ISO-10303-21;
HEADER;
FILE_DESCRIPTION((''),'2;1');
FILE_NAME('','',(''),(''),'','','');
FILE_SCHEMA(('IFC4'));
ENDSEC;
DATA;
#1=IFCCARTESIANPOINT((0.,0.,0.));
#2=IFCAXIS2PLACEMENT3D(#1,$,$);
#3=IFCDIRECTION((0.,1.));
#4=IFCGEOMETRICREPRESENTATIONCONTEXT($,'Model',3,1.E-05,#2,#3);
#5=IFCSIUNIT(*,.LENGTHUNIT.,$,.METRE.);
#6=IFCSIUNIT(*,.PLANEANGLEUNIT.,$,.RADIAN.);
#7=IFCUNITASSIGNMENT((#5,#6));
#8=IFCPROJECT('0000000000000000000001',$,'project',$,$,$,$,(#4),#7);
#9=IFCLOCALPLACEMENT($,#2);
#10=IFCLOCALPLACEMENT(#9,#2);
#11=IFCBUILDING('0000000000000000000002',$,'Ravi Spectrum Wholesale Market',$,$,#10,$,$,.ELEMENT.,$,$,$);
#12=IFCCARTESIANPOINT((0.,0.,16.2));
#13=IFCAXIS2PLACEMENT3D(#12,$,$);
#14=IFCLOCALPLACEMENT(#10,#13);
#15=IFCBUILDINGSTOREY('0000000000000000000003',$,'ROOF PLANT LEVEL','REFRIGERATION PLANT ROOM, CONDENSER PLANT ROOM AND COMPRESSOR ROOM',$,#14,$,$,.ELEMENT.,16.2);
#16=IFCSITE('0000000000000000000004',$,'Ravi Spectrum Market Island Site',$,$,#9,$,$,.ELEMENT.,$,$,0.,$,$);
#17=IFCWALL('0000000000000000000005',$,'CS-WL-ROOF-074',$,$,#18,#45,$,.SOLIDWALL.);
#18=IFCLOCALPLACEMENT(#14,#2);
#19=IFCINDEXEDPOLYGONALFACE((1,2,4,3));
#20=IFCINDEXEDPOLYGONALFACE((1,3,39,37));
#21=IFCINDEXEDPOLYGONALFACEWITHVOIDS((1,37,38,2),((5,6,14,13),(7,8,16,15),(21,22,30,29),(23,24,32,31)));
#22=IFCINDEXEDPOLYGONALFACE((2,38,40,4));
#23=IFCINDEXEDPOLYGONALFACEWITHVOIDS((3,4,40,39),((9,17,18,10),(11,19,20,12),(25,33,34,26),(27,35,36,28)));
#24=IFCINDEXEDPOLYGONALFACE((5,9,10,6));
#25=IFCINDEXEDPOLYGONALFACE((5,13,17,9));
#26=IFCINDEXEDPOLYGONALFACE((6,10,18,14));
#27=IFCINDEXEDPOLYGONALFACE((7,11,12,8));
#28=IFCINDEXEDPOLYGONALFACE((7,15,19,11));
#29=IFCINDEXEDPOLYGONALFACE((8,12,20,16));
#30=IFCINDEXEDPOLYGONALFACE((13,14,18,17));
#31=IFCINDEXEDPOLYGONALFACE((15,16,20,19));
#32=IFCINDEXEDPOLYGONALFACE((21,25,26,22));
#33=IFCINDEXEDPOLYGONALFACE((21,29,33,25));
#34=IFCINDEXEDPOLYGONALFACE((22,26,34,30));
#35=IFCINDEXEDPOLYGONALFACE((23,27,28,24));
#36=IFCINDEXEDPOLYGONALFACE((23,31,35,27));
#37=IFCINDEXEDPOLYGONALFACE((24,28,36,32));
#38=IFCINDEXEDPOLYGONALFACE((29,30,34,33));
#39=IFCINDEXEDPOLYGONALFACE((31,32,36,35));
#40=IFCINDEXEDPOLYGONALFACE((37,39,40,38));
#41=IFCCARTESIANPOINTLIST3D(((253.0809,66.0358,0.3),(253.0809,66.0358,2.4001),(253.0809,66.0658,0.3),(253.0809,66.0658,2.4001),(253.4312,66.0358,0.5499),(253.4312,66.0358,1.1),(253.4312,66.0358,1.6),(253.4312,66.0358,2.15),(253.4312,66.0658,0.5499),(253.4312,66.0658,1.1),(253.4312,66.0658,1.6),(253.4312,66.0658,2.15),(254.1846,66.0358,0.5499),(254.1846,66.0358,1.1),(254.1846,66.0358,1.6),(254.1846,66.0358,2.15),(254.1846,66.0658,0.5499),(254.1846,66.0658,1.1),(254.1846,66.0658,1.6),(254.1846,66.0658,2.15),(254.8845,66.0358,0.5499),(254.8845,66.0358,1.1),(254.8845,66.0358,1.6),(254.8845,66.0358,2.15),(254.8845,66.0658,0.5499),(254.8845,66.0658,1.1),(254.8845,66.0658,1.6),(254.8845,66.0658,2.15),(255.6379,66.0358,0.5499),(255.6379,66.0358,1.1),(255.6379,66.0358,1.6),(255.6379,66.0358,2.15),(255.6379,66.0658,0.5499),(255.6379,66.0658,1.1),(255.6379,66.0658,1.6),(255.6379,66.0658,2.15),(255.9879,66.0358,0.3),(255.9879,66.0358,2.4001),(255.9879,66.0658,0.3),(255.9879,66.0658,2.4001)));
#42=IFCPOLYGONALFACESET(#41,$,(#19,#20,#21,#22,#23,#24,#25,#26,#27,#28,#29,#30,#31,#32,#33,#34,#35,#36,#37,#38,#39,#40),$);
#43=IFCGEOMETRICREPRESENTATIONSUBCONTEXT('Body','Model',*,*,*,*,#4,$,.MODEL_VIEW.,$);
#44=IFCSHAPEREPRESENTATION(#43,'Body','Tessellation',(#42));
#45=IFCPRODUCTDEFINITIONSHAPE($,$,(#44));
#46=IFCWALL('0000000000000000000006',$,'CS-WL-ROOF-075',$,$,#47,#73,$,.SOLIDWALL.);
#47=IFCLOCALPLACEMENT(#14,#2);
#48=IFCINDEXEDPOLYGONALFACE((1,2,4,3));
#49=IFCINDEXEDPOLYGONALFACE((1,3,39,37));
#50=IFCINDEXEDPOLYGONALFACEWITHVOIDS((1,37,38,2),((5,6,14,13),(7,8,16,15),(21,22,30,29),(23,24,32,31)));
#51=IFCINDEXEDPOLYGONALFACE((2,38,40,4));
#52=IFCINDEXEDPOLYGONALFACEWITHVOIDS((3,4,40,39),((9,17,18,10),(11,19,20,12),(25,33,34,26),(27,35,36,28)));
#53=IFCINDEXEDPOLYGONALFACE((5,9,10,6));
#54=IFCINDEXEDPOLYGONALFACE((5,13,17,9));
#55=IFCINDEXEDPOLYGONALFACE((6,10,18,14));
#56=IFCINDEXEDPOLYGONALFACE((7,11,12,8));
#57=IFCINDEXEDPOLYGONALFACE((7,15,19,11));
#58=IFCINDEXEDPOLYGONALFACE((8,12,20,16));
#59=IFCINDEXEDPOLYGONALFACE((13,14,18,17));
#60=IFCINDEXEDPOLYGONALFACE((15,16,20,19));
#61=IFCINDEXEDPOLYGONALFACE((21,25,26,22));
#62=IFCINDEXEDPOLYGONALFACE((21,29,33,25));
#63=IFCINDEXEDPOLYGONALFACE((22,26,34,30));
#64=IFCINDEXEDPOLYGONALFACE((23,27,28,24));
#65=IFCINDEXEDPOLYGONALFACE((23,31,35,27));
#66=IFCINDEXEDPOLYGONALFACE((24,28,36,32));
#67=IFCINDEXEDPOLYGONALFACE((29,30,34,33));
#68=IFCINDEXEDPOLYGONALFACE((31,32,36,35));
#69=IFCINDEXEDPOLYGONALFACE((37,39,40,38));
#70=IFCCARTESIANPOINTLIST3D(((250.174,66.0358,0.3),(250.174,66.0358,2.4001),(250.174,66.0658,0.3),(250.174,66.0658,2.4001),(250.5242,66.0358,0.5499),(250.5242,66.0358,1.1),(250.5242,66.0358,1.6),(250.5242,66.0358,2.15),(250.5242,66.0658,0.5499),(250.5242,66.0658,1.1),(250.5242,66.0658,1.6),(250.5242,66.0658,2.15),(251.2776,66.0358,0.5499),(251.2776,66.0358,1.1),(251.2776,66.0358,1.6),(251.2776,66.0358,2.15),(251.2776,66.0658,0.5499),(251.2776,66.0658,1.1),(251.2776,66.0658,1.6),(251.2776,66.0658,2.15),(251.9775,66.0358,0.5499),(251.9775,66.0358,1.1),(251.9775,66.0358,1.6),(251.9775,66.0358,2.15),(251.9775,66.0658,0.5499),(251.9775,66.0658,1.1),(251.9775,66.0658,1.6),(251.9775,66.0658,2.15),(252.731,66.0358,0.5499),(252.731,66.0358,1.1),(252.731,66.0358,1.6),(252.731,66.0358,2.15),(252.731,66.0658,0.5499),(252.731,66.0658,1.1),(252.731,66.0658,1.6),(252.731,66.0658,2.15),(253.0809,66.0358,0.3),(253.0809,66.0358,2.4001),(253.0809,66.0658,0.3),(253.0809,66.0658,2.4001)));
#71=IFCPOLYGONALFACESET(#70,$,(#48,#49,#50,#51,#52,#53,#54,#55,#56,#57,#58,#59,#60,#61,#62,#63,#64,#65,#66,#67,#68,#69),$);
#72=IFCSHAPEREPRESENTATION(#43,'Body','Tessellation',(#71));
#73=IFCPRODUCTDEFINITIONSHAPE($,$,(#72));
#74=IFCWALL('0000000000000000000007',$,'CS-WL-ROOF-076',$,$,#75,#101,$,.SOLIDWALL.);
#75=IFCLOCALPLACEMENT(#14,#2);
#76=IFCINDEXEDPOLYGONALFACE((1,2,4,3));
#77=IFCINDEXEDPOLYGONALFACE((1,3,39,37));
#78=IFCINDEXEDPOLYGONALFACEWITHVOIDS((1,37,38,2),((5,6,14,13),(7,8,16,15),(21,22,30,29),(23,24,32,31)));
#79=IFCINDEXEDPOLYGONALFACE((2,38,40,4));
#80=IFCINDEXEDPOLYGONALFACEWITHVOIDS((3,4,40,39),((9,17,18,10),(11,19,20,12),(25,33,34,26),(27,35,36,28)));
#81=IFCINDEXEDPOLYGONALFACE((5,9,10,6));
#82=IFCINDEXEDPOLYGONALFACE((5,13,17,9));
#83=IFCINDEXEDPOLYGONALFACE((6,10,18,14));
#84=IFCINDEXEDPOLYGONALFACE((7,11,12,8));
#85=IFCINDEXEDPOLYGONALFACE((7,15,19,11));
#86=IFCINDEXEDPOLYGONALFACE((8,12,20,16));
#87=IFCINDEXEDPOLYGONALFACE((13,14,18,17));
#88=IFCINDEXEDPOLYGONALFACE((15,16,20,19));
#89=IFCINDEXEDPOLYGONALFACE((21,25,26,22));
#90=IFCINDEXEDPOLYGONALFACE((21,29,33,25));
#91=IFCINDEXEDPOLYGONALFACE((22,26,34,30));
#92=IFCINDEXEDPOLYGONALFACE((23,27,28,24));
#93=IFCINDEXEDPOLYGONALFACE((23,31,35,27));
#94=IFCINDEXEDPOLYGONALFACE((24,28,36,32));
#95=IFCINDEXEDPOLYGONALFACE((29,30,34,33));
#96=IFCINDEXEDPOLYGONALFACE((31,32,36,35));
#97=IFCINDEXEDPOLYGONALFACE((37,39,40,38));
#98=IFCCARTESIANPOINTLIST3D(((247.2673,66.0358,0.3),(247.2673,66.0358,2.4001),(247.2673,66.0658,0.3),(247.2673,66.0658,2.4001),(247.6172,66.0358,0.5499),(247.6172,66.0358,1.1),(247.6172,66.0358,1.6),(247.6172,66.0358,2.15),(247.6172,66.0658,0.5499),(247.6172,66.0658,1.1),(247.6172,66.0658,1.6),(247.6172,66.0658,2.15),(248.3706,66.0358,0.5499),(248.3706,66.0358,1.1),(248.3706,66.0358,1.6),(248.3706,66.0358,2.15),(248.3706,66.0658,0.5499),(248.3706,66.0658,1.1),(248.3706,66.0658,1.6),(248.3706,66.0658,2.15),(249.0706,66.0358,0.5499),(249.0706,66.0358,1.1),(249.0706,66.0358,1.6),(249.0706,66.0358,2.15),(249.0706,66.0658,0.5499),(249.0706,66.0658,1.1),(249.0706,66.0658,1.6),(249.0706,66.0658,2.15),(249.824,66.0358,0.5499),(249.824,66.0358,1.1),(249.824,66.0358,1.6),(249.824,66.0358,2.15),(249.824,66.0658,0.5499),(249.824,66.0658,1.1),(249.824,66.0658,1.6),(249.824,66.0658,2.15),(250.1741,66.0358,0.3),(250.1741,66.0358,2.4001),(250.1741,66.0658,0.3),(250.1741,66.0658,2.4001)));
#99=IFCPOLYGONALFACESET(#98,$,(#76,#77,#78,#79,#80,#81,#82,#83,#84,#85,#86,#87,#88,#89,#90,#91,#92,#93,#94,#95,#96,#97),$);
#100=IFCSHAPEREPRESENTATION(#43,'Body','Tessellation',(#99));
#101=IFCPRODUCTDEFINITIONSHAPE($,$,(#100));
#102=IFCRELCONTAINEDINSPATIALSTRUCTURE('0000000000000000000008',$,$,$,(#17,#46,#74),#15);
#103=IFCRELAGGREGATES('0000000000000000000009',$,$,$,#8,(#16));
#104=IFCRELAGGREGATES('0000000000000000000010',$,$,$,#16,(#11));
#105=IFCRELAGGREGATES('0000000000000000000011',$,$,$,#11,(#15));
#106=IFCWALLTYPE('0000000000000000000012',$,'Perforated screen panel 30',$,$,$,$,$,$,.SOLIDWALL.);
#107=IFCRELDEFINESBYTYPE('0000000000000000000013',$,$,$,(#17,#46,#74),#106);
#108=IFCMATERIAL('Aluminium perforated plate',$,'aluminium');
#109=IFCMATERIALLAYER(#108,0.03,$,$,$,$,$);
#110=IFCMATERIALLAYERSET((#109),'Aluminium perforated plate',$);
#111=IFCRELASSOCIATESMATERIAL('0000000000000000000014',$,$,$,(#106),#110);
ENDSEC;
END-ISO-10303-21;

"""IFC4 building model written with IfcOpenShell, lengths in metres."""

from ifc_helpers import new_model, si_unit, direction, frame, frame_2d, origin, place, context, subcontext, project, spatial, rectangle, extrude, material, layer, layer_set, type_object, element, save


model = new_model("IFC4")

# Units and contexts
model_context = context("Model", 3, precision=1e-05, world=origin(), true_north=direction((0.0, 1.0)))
body_context = subcontext(model_context, "Body", "Model", "MODEL_VIEW")
ifc_project = project(units=[si_unit("LENGTHUNIT", "METRE"), si_unit("PLANEANGLEUNIT", "RADIAN")], contexts=[model_context])

# Site, building, storey
site_placement = place(None, origin())
site = spatial("IfcSite", under=ifc_project, at=site_placement, Name="Ravi Spectrum Market Island Site", CompositionType="ELEMENT", RefElevation=0.0)
building_placement = place(site_placement, origin())
building = spatial("IfcBuilding", under=site, at=building_placement, Name="Ravi Spectrum Wholesale Market", CompositionType="ELEMENT")
storey_placement = place(building_placement, frame((0.0, 0.0, 16.2)))
storey = spatial("IfcBuildingStorey", under=building, at=storey_placement, Name="ROOF PLANT LEVEL", Description="REFRIGERATION PLANT ROOM, CONDENSER PLANT ROOM AND COMPRESSOR ROOM", CompositionType="ELEMENT", Elevation=16.2)

# Walls, openings
ifc_material_1 = material(Name="Aluminium perforated plate", Category="aluminium")
ifc_layer = layer(ifc_material_1, 0.03)
ifc_layer_set = layer_set([ifc_layer], Name="Aluminium perforated plate")
wall_type = type_object("IfcWallType", Name="Perforated screen panel 30", PredefinedType="SOLIDWALL", material=ifc_layer_set)
wall_1_placement = place(storey_placement, frame((255.988, 66.0508, 0.3), z_axis=(0.0, 0.0, 1.0), x_axis=(-1.0, 0.0, 0.0)))
wall_1 = element("IfcWall", 1, at=wall_1_placement, inside=storey, type_object=wall_type, Name="CS-WL-ROOF-074", PredefinedType="SOLIDWALL", context=body_context, shape_type="SweptSolid", body=[
    extrude(rectangle(XDim=2.907, YDim=0.03, at=frame_2d((1.4536, 0.0))), origin(), (0.0, 0.0, 1.0), 2.1001),
])
opening_1_placement = place(wall_1_placement, frame((0.3501, 0.0, 0.25)))
element("IfcOpeningElement", 2, at=opening_1_placement, cuts=wall_1, PredefinedType="OPENING", context=body_context, shape_type="SweptSolid", body=[
    extrude(rectangle(XDim=0.7534, YDim=0.55, at=frame_2d((0.3767, 0.2749))), frame((0.0, 0.0249, 0.0), z_axis=(0.0, -1.0, 0.0), x_axis=(1.0, 0.0, 0.0)), (0.0, 0.0, 1.0), 0.05),
])
opening_2_placement = place(wall_1_placement, frame((0.3501, 0.0, 1.3)))
element("IfcOpeningElement", 3, at=opening_2_placement, cuts=wall_1, PredefinedType="OPENING", context=body_context, shape_type="SweptSolid", body=[
    extrude(rectangle(XDim=0.7534, YDim=0.55, at=frame_2d((0.3767, 0.2749))), frame((0.0, 0.0249, 0.0), z_axis=(0.0, -1.0, 0.0), x_axis=(1.0, 0.0, 0.0)), (0.0, 0.0, 1.0), 0.05),
])
opening_3_placement = place(wall_1_placement, frame((1.8035, 0.0, 0.25)))
element("IfcOpeningElement", 4, at=opening_3_placement, cuts=wall_1, PredefinedType="OPENING", context=body_context, shape_type="SweptSolid", body=[
    extrude(rectangle(XDim=0.7534, YDim=0.55, at=frame_2d((0.3767, 0.2749))), frame((0.0, 0.0249, 0.0), z_axis=(0.0, -1.0, 0.0), x_axis=(1.0, 0.0, 0.0)), (0.0, 0.0, 1.0), 0.05),
])
opening_4_placement = place(wall_1_placement, frame((1.8035, 0.0, 1.3)))
element("IfcOpeningElement", 5, at=opening_4_placement, cuts=wall_1, PredefinedType="OPENING", context=body_context, shape_type="SweptSolid", body=[
    extrude(rectangle(XDim=0.7534, YDim=0.55, at=frame_2d((0.3767, 0.2749))), frame((0.0, 0.0249, 0.0), z_axis=(0.0, -1.0, 0.0), x_axis=(1.0, 0.0, 0.0)), (0.0, 0.0, 1.0), 0.05),
])
wall_2_placement = place(storey_placement, frame((253.0811, 66.0508, 0.3), z_axis=(0.0, 0.0, 1.0), x_axis=(-1.0, 0.0, 0.0)))
wall_2 = element("IfcWall", 6, at=wall_2_placement, inside=storey, type_object=wall_type, Name="CS-WL-ROOF-075", PredefinedType="SOLIDWALL", context=body_context, shape_type="SweptSolid", body=[
    extrude(rectangle(XDim=2.907, YDim=0.03, at=frame_2d((1.4536, 0.0))), origin(), (0.0, 0.0, 1.0), 2.1001),
])
opening_5_placement = place(wall_2_placement, frame((0.3501, 0.0, 0.25)))
element("IfcOpeningElement", 7, at=opening_5_placement, cuts=wall_2, PredefinedType="OPENING", context=body_context, shape_type="SweptSolid", body=[
    extrude(rectangle(XDim=0.7534, YDim=0.55, at=frame_2d((0.3767, 0.2749))), frame((0.0, 0.0249, 0.0), z_axis=(0.0, -1.0, 0.0), x_axis=(1.0, 0.0, 0.0)), (0.0, 0.0, 1.0), 0.05),
])
opening_6_placement = place(wall_2_placement, frame((0.3501, 0.0, 1.3)))
element("IfcOpeningElement", 8, at=opening_6_placement, cuts=wall_2, PredefinedType="OPENING", context=body_context, shape_type="SweptSolid", body=[
    extrude(rectangle(XDim=0.7534, YDim=0.55, at=frame_2d((0.3767, 0.2749))), frame((0.0, 0.0249, 0.0), z_axis=(0.0, -1.0, 0.0), x_axis=(1.0, 0.0, 0.0)), (0.0, 0.0, 1.0), 0.05),
])
opening_7_placement = place(wall_2_placement, frame((1.8035, 0.0, 0.25)))
element("IfcOpeningElement", 9, at=opening_7_placement, cuts=wall_2, PredefinedType="OPENING", context=body_context, shape_type="SweptSolid", body=[
    extrude(rectangle(XDim=0.7534, YDim=0.55, at=frame_2d((0.3767, 0.2749))), frame((0.0, 0.0249, 0.0), z_axis=(0.0, -1.0, 0.0), x_axis=(1.0, 0.0, 0.0)), (0.0, 0.0, 1.0), 0.05),
])
opening_8_placement = place(wall_2_placement, frame((1.8035, 0.0, 1.3)))
element("IfcOpeningElement", 10, at=opening_8_placement, cuts=wall_2, PredefinedType="OPENING", context=body_context, shape_type="SweptSolid", body=[
    extrude(rectangle(XDim=0.7534, YDim=0.55, at=frame_2d((0.3767, 0.2749))), frame((0.0, 0.0249, 0.0), z_axis=(0.0, -1.0, 0.0), x_axis=(1.0, 0.0, 0.0)), (0.0, 0.0, 1.0), 0.05),
])
wall_3_placement = place(storey_placement, frame((250.1741, 66.0508, 0.3), z_axis=(0.0, 0.0, 1.0), x_axis=(-1.0, 0.0, 0.0)))
wall_3 = element("IfcWall", 11, at=wall_3_placement, inside=storey, type_object=wall_type, Name="CS-WL-ROOF-076", PredefinedType="SOLIDWALL", context=body_context, shape_type="SweptSolid", body=[
    extrude(rectangle(XDim=2.9067, YDim=0.03, at=frame_2d((1.4534, 0.0))), origin(), (0.0, 0.0, 1.0), 2.1001),
])
opening_9_placement = place(wall_3_placement, frame((0.3501, 0.0, 0.25)))
element("IfcOpeningElement", 12, at=opening_9_placement, cuts=wall_3, PredefinedType="OPENING", context=body_context, shape_type="SweptSolid", body=[
    extrude(rectangle(XDim=0.7534, YDim=0.55, at=frame_2d((0.3767, 0.2749))), frame((0.0, 0.0249, 0.0), z_axis=(0.0, -1.0, 0.0), x_axis=(1.0, 0.0, 0.0)), (0.0, 0.0, 1.0), 0.05),
])
opening_10_placement = place(wall_3_placement, frame((0.3501, 0.0, 1.3)))
element("IfcOpeningElement", 13, at=opening_10_placement, cuts=wall_3, PredefinedType="OPENING", context=body_context, shape_type="SweptSolid", body=[
    extrude(rectangle(XDim=0.7534, YDim=0.55, at=frame_2d((0.3767, 0.2749))), frame((0.0, 0.0249, 0.0), z_axis=(0.0, -1.0, 0.0), x_axis=(1.0, 0.0, 0.0)), (0.0, 0.0, 1.0), 0.05),
])
opening_11_placement = place(wall_3_placement, frame((1.8035, 0.0, 0.25)))
element("IfcOpeningElement", 14, at=opening_11_placement, cuts=wall_3, PredefinedType="OPENING", context=body_context, shape_type="SweptSolid", body=[
    extrude(rectangle(XDim=0.7534, YDim=0.55, at=frame_2d((0.3767, 0.2749))), frame((0.0, 0.0249, 0.0), z_axis=(0.0, -1.0, 0.0), x_axis=(1.0, 0.0, 0.0)), (0.0, 0.0, 1.0), 0.05),
])
opening_12_placement = place(wall_3_placement, frame((1.8035, 0.0, 1.3)))
element("IfcOpeningElement", 15, at=opening_12_placement, cuts=wall_3, PredefinedType="OPENING", context=body_context, shape_type="SweptSolid", body=[
    extrude(rectangle(XDim=0.7534, YDim=0.55, at=frame_2d((0.3767, 0.2749))), frame((0.0, 0.0249, 0.0), z_axis=(0.0, -1.0, 0.0), x_axis=(1.0, 0.0, 0.0)), (0.0, 0.0, 1.0), 0.05),
])

save(model, "model.ifc")
